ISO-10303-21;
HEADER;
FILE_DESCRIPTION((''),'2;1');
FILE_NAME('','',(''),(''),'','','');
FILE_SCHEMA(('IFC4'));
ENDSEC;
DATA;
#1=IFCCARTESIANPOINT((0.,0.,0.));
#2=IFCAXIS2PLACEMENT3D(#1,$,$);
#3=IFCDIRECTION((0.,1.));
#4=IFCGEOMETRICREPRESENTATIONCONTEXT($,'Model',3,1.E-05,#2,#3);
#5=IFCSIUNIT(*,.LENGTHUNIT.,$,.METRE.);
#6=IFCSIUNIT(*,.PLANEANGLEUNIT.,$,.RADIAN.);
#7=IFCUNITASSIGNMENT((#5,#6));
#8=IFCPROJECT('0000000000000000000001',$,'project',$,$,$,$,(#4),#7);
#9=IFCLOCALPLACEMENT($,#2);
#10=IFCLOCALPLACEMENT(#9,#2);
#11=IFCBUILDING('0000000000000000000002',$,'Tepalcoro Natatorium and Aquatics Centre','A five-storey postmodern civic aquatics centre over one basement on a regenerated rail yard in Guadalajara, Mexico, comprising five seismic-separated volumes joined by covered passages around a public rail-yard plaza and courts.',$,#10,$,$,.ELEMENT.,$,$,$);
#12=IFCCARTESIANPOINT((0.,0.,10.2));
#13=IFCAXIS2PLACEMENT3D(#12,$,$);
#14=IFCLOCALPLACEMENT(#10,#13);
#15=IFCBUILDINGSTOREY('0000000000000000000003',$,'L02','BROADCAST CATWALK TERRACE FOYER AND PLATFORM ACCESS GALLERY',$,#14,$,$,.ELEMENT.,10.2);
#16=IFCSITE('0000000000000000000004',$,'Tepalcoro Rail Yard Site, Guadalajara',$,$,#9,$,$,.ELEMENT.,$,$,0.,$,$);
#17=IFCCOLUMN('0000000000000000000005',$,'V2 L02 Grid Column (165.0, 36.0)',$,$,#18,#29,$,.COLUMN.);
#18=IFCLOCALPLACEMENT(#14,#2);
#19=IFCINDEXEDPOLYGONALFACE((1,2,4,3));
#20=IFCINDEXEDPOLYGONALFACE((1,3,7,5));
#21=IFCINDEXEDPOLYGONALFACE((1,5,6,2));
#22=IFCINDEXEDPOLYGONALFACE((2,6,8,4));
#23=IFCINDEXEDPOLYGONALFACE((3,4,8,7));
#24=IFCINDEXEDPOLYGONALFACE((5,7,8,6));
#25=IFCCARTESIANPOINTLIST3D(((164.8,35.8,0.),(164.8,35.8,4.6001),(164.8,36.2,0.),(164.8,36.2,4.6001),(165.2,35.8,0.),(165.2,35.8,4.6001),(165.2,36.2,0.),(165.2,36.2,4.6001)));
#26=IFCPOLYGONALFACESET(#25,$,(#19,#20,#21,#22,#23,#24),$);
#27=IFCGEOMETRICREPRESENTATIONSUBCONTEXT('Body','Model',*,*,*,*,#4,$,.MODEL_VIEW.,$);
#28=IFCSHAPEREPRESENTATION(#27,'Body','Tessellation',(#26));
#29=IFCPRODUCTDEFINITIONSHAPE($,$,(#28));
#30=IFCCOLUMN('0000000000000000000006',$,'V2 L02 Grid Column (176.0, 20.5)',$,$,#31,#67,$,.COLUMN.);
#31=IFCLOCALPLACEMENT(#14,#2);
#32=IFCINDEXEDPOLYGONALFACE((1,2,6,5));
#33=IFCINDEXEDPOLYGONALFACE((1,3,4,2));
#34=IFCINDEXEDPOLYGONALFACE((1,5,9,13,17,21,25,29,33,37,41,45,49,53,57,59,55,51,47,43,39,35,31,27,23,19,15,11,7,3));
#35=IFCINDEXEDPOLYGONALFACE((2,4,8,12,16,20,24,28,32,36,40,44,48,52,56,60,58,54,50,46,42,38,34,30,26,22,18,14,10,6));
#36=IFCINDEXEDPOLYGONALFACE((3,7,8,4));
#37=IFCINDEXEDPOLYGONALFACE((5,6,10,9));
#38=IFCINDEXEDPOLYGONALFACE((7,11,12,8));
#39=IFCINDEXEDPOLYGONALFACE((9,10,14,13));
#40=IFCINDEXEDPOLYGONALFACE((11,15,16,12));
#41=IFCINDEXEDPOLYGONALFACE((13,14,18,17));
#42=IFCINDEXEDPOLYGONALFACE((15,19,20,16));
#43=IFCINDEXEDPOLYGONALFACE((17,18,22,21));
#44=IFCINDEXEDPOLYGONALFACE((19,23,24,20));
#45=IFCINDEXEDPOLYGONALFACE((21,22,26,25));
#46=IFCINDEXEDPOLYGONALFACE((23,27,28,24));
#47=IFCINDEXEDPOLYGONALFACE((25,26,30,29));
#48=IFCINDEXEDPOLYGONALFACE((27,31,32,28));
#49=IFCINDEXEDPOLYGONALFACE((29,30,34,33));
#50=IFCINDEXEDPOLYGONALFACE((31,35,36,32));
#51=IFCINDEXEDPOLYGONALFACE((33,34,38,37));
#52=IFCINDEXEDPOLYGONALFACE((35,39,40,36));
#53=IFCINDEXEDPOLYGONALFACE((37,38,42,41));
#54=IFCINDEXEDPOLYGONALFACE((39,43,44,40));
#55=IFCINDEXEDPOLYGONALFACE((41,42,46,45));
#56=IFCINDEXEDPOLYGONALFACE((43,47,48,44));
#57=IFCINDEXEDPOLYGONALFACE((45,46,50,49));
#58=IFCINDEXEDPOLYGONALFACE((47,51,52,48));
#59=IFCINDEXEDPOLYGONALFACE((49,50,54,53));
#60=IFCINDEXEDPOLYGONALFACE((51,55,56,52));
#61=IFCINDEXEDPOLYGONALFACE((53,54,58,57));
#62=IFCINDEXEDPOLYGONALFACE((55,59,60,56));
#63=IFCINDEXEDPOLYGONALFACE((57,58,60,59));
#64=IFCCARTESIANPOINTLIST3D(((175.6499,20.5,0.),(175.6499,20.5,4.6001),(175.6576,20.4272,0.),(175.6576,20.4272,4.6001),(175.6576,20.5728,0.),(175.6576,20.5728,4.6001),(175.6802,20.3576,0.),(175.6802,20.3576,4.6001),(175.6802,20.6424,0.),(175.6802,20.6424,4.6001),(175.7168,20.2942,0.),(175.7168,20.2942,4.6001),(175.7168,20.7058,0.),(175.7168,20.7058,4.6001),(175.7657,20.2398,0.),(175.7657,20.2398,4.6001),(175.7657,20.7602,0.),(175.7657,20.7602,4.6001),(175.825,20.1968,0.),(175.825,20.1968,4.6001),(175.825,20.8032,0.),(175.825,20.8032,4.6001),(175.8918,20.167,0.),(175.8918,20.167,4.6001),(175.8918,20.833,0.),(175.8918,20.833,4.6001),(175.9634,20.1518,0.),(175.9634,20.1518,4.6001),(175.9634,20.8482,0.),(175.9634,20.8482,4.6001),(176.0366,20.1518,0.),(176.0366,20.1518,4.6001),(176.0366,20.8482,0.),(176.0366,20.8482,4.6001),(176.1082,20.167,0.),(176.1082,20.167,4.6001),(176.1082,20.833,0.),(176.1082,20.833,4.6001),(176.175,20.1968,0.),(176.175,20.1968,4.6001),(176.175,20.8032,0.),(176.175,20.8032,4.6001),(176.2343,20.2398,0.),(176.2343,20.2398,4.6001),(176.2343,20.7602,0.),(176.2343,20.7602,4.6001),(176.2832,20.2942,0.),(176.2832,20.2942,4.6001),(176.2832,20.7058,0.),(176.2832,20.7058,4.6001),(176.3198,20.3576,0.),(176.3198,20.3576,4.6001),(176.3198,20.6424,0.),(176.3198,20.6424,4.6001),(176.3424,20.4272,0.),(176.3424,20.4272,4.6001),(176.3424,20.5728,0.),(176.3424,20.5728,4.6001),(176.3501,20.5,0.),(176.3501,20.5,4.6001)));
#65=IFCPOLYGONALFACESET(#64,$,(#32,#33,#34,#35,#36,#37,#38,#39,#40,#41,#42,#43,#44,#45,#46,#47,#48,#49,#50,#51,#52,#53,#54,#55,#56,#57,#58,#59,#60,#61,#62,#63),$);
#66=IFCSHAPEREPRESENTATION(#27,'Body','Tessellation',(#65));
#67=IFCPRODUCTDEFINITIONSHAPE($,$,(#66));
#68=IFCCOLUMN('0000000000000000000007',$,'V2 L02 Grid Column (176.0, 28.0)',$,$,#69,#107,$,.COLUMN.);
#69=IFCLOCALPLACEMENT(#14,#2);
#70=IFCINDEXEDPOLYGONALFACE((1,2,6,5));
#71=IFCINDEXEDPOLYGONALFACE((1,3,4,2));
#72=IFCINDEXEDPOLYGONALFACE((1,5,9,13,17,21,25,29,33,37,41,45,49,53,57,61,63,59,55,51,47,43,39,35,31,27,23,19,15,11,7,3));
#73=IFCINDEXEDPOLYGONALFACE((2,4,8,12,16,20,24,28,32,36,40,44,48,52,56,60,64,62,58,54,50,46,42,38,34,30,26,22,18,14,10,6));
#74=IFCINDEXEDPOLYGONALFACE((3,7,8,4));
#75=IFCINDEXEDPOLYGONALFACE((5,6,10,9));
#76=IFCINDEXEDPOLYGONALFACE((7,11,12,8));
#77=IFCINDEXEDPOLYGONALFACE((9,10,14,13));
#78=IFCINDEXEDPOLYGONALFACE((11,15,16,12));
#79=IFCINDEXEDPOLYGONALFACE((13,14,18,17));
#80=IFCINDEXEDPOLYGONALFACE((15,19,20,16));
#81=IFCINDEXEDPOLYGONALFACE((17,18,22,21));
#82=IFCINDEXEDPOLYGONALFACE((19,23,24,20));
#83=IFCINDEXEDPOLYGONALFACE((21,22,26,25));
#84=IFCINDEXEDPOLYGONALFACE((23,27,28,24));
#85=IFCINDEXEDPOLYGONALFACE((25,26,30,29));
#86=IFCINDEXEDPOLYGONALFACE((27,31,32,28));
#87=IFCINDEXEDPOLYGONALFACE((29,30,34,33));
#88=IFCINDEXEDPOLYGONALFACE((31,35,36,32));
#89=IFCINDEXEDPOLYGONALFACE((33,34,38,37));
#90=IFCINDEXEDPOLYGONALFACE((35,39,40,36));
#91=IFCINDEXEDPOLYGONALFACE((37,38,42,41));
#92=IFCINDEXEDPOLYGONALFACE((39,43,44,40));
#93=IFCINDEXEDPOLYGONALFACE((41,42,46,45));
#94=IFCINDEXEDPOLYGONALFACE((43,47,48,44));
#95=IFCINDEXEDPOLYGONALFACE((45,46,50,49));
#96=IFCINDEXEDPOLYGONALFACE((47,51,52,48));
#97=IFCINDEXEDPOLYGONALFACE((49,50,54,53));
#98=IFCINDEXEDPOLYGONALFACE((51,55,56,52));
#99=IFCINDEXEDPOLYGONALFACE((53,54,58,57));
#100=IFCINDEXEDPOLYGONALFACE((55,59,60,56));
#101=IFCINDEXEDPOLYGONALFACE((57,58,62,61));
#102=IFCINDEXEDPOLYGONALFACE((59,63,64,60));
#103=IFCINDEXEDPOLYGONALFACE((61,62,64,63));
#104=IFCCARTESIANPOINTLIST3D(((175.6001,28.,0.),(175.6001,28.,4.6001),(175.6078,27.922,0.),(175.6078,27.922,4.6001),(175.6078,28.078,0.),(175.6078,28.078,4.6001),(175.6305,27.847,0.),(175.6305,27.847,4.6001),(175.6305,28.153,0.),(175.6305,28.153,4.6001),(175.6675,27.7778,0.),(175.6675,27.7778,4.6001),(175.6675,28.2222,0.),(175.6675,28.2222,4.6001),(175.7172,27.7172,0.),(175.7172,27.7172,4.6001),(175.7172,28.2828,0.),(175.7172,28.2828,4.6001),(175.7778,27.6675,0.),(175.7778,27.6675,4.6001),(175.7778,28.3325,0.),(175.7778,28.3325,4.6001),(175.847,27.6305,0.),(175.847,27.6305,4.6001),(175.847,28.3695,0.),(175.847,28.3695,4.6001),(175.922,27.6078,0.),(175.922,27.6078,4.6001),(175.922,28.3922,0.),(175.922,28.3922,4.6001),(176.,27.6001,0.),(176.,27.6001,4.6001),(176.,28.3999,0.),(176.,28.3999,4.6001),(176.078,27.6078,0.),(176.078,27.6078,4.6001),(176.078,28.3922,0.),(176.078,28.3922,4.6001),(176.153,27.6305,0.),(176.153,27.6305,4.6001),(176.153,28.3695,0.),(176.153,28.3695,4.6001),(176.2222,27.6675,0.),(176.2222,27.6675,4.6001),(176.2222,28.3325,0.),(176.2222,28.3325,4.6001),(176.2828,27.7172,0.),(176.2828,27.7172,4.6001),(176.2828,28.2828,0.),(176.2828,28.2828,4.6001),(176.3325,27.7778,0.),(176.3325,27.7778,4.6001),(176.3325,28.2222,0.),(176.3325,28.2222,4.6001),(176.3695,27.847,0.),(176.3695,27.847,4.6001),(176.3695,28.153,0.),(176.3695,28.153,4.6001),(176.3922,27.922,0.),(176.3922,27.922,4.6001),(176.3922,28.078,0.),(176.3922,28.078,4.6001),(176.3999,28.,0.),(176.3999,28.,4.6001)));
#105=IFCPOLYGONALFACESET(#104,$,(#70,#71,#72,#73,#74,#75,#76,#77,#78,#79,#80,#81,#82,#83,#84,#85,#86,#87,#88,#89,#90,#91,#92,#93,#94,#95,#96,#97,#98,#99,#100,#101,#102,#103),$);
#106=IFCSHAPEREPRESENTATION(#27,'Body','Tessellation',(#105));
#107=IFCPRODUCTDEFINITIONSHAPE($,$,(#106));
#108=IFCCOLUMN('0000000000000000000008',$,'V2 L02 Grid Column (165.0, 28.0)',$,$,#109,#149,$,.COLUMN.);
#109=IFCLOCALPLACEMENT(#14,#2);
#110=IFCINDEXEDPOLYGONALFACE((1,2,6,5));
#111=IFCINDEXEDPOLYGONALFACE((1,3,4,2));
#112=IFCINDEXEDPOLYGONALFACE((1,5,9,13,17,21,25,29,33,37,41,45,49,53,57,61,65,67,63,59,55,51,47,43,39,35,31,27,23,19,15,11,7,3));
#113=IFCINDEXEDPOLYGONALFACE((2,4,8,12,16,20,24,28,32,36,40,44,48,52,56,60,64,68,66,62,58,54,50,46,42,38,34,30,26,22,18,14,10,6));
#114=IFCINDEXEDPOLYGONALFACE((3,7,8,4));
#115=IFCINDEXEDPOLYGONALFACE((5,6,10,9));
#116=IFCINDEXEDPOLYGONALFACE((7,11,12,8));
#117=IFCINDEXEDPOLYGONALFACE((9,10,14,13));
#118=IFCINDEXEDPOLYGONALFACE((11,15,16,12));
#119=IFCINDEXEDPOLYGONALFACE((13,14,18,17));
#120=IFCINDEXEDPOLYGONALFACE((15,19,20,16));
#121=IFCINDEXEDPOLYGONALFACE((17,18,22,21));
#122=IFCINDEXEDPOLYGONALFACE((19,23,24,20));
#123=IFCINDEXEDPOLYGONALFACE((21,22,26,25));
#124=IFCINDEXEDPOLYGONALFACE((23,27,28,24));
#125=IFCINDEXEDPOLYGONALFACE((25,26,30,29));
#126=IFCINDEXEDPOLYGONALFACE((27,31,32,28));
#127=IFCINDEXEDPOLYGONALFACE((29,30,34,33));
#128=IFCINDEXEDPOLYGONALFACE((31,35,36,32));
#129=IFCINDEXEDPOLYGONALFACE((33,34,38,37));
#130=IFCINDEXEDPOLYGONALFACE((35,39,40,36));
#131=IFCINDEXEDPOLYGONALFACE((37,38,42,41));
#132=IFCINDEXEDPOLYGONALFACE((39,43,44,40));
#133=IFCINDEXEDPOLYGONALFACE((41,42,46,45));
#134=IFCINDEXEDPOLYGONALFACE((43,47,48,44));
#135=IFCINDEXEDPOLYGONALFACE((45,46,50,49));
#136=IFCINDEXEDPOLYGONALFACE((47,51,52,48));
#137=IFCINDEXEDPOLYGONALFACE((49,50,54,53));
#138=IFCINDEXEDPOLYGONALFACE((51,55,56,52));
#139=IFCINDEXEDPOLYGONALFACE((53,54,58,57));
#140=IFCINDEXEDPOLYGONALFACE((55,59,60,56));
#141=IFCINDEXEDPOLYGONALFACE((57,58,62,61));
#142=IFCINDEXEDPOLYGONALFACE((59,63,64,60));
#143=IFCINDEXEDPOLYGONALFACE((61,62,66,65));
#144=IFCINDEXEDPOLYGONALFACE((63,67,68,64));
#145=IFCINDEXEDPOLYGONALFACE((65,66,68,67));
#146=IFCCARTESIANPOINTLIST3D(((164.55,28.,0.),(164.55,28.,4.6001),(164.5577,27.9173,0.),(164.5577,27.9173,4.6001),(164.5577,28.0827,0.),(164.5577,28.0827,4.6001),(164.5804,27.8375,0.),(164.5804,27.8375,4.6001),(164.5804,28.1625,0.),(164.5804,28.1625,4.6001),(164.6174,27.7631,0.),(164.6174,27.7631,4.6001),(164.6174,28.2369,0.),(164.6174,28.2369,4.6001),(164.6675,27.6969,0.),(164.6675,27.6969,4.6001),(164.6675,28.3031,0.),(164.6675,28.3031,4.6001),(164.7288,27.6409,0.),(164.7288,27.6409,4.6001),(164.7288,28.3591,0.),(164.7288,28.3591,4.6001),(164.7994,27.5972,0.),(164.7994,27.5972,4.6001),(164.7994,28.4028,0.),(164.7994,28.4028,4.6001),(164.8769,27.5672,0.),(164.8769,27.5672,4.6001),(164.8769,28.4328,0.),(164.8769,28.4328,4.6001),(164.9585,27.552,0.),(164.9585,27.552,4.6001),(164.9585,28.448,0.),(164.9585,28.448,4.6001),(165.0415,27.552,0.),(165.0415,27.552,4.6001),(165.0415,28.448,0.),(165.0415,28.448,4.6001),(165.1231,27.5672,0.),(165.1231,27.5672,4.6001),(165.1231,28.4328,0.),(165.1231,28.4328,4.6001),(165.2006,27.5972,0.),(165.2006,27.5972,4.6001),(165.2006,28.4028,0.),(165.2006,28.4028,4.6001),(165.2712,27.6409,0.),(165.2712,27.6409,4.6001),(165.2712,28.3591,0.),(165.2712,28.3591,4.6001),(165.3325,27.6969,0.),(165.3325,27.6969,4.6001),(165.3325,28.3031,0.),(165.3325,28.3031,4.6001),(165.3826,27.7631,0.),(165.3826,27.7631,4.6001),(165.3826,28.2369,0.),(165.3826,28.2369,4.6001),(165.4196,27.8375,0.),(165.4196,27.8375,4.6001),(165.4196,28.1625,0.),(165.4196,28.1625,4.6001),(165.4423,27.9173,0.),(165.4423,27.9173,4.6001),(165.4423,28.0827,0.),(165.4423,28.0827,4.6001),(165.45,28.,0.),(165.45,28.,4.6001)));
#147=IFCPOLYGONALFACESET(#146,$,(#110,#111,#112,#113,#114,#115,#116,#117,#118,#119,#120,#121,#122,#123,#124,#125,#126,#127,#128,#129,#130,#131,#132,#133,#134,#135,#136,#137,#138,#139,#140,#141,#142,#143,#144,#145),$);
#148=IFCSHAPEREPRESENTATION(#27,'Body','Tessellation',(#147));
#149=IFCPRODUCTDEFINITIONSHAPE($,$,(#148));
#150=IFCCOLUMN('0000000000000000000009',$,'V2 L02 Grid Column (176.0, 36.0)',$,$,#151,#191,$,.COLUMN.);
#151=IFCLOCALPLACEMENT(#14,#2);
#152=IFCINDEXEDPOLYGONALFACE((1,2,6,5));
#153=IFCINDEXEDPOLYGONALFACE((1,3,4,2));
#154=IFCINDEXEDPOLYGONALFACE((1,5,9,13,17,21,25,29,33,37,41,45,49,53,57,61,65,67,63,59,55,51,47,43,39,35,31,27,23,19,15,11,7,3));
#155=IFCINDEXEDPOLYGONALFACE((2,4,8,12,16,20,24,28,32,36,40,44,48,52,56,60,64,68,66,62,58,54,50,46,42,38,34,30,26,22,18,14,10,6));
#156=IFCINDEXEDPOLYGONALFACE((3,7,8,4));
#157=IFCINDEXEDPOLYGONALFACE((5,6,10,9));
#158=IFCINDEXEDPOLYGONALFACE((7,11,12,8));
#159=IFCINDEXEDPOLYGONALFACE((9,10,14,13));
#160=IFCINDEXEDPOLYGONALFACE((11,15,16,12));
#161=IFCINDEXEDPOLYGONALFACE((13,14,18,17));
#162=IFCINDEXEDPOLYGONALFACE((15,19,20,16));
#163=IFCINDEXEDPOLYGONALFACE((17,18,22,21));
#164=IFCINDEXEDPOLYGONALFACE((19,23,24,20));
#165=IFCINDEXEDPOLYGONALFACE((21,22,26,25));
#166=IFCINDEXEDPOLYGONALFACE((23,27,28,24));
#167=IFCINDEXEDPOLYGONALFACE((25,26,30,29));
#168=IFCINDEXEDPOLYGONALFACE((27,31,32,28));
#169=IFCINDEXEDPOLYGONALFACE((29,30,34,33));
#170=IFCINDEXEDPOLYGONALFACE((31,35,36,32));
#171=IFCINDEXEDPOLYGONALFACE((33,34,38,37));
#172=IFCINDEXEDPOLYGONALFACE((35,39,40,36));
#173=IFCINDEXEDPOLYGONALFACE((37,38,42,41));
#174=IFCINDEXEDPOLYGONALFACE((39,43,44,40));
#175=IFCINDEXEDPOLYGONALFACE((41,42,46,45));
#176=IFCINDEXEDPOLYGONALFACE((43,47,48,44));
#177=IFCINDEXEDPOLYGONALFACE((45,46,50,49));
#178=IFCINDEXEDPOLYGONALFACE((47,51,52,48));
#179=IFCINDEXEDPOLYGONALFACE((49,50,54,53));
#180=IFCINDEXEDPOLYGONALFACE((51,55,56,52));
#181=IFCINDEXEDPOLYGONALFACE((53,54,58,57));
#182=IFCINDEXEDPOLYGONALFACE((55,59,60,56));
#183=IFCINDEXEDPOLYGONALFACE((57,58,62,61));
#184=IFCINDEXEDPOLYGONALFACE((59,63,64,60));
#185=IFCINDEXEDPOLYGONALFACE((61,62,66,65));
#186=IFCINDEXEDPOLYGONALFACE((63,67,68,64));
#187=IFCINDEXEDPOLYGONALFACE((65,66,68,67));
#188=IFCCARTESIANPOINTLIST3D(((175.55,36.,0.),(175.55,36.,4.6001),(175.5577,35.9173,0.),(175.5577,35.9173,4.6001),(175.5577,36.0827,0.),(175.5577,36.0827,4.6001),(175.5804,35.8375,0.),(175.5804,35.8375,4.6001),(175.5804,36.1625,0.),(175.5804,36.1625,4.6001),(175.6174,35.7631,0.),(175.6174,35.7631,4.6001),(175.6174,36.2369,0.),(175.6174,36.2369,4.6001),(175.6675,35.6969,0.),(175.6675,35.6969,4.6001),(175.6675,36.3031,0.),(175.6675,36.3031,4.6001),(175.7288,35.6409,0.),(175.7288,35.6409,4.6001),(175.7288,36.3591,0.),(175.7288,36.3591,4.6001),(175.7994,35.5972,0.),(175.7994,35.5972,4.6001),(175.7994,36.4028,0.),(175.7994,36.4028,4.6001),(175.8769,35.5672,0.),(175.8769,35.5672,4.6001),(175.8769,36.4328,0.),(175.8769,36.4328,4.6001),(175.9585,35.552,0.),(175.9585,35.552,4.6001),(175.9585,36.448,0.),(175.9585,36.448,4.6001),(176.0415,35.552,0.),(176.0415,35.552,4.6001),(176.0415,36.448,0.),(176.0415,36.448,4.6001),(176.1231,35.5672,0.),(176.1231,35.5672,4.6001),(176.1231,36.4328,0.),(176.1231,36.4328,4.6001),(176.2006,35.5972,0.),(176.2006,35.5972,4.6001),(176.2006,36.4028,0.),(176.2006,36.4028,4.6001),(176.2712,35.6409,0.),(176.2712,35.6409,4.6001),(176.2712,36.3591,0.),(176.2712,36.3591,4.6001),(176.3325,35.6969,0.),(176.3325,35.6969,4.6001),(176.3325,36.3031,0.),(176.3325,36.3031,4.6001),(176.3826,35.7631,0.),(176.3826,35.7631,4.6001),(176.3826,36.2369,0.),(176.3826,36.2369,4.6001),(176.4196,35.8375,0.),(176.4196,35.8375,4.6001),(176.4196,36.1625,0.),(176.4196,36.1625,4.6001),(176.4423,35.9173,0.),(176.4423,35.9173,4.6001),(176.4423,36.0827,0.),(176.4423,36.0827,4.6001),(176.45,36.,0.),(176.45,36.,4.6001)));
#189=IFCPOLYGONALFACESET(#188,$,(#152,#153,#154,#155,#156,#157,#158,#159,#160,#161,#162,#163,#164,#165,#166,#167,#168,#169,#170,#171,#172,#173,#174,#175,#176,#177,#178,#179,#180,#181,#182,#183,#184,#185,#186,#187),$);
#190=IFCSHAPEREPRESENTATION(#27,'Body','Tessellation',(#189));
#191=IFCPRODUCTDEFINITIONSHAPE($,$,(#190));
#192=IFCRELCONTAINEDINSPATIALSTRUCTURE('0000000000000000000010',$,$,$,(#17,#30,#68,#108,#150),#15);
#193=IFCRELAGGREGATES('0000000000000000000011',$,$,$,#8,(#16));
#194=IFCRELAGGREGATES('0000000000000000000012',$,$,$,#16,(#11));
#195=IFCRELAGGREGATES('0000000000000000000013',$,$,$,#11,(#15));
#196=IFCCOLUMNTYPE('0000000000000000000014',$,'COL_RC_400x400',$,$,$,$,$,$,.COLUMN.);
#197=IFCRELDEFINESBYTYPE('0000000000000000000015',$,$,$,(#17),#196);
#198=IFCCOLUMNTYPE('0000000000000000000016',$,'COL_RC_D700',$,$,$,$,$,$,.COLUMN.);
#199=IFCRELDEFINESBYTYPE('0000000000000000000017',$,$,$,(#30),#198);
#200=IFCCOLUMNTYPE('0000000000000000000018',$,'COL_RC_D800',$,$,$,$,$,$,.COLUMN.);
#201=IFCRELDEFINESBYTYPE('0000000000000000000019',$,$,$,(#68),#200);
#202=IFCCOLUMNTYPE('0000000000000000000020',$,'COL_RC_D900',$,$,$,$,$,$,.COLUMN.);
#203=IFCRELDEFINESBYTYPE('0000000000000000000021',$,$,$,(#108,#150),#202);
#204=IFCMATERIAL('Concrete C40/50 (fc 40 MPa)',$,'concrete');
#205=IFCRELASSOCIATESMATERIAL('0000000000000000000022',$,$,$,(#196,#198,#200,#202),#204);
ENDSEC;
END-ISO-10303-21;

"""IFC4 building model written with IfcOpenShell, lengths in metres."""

from ifc_helpers import new_model, si_unit, direction, frame, origin, origin_2d, place, context, subcontext, project, spatial, rectangle, circle, extrude, material, material_profile, profile_set, type_object, element, save


model = new_model("IFC4")

# Units and contexts
model_context = context("Model", 3, precision=1e-05, world=origin(), true_north=direction((0.0, 1.0)))
body_context = subcontext(model_context, "Body", "Model", "MODEL_VIEW")
ifc_project = project(units=[si_unit("LENGTHUNIT", "METRE"), si_unit("PLANEANGLEUNIT", "RADIAN")], contexts=[model_context])

# Site, building, storey
site_placement = place(None, origin())
site = spatial("IfcSite", under=ifc_project, at=site_placement, Name="Tepalcoro Rail Yard Site, Guadalajara", CompositionType="ELEMENT", RefElevation=0.0)
building_placement = place(site_placement, origin())
building = spatial("IfcBuilding", under=site, at=building_placement, Name="Tepalcoro Natatorium and Aquatics Centre", Description="A five-storey postmodern civic aquatics centre over one basement on a regenerated rail yard in Guadalajara, Mexico, comprising five seismic-separated volumes joined by covered passages around a public rail-yard plaza and courts.", CompositionType="ELEMENT")
storey_placement = place(building_placement, frame((0.0, 0.0, 10.2)))
storey = spatial("IfcBuildingStorey", under=building, at=storey_placement, Name="L02", Description="BROADCAST CATWALK TERRACE FOYER AND PLATFORM ACCESS GALLERY", CompositionType="ELEMENT", Elevation=10.2)

# Columns
ifc_material_1 = material(Name="Concrete C40/50 (fc 40 MPa)", Category="concrete")
ifc_material_profile_1 = material_profile(ifc_material_1, rectangle(XDim=0.3999, YDim=0.3999, at=origin_2d()), Name="RC400x400")
ifc_profile_set_1 = profile_set([ifc_material_profile_1], Name="Concrete C40/50 (fc 40 MPa)")
column_type_1 = type_object("IfcColumnType", Name="COL_RC_400x400", PredefinedType="COLUMN", material=ifc_profile_set_1)
column_1_placement = place(storey_placement, frame((165.0, 36.0, 0.0), z_axis=(0.0, 0.0, 1.0), x_axis=(1.0, 0.0, 0.0)))
element("IfcColumn", 1, at=column_1_placement, inside=storey, type_object=column_type_1, Name="V2 L02 Grid Column (165.0, 36.0)", PredefinedType="COLUMN", context=body_context, shape_type="SweptSolid", body=[
    extrude(rectangle(XDim=0.3999, YDim=0.3999, at=origin_2d()), origin(), (0.0, 0.0, 1.0), 4.6001),
])
ifc_material_profile_2 = material_profile(ifc_material_1, circle(Radius=0.3501, at=origin_2d()), Name="RCD700")
ifc_profile_set_2 = profile_set([ifc_material_profile_2], Name="Concrete C40/50 (fc 40 MPa)")
column_type_2 = type_object("IfcColumnType", Name="COL_RC_D700", PredefinedType="COLUMN", material=ifc_profile_set_2)
column_2_placement = place(storey_placement, frame((176.0, 20.5, 0.0), z_axis=(0.0, 0.0, 1.0), x_axis=(1.0, 0.0, 0.0)))
element("IfcColumn", 2, at=column_2_placement, inside=storey, type_object=column_type_2, Name="V2 L02 Grid Column (176.0, 20.5)", PredefinedType="COLUMN", context=body_context, shape_type="SweptSolid", body=[
    extrude(circle(Radius=0.3501, at=origin_2d()), origin(), (0.0, 0.0, 1.0), 4.6001),
])
ifc_material_profile_3 = material_profile(ifc_material_1, circle(Radius=0.3999, at=origin_2d()), Name="RCD800")
ifc_profile_set_3 = profile_set([ifc_material_profile_3], Name="Concrete C40/50 (fc 40 MPa)")
column_type_3 = type_object("IfcColumnType", Name="COL_RC_D800", PredefinedType="COLUMN", material=ifc_profile_set_3)
column_3_placement = place(storey_placement, frame((176.0, 28.0, 0.0), z_axis=(0.0, 0.0, 1.0), x_axis=(1.0, 0.0, 0.0)))
element("IfcColumn", 3, at=column_3_placement, inside=storey, type_object=column_type_3, Name="V2 L02 Grid Column (176.0, 28.0)", PredefinedType="COLUMN", context=body_context, shape_type="SweptSolid", body=[
    extrude(circle(Radius=0.3999, at=origin_2d()), origin(), (0.0, 0.0, 1.0), 4.6001),
])
ifc_material_profile_4 = material_profile(ifc_material_1, circle(Radius=0.45, at=origin_2d()), Name="RCD900")
ifc_profile_set_4 = profile_set([ifc_material_profile_4], Name="Concrete C40/50 (fc 40 MPa)")
column_type_4 = type_object("IfcColumnType", Name="COL_RC_D900", PredefinedType="COLUMN", material=ifc_profile_set_4)
for number, where, z_axis, x_axis, name in (
    (4, (165.0, 28.0, 0.0), (0.0, 0.0, 1.0), (1.0, 0.0, 0.0), "V2 L02 Grid Column (165.0, 28.0)"),
    (5, (176.0, 36.0, 0.0), (0.0, 0.0, 1.0), (1.0, 0.0, 0.0), "V2 L02 Grid Column (176.0, 36.0)"),
):
    element("IfcColumn", number, at=place(storey_placement, frame(where, z_axis=z_axis, x_axis=x_axis)), inside=storey, type_object=column_type_4, Name=name, PredefinedType="COLUMN", context=body_context, shape_type="SweptSolid", body=[
        extrude(circle(Radius=0.45, at=origin_2d()), origin(), (0.0, 0.0, 1.0), 4.6001),
    ])

save(model, "model.ifc")
